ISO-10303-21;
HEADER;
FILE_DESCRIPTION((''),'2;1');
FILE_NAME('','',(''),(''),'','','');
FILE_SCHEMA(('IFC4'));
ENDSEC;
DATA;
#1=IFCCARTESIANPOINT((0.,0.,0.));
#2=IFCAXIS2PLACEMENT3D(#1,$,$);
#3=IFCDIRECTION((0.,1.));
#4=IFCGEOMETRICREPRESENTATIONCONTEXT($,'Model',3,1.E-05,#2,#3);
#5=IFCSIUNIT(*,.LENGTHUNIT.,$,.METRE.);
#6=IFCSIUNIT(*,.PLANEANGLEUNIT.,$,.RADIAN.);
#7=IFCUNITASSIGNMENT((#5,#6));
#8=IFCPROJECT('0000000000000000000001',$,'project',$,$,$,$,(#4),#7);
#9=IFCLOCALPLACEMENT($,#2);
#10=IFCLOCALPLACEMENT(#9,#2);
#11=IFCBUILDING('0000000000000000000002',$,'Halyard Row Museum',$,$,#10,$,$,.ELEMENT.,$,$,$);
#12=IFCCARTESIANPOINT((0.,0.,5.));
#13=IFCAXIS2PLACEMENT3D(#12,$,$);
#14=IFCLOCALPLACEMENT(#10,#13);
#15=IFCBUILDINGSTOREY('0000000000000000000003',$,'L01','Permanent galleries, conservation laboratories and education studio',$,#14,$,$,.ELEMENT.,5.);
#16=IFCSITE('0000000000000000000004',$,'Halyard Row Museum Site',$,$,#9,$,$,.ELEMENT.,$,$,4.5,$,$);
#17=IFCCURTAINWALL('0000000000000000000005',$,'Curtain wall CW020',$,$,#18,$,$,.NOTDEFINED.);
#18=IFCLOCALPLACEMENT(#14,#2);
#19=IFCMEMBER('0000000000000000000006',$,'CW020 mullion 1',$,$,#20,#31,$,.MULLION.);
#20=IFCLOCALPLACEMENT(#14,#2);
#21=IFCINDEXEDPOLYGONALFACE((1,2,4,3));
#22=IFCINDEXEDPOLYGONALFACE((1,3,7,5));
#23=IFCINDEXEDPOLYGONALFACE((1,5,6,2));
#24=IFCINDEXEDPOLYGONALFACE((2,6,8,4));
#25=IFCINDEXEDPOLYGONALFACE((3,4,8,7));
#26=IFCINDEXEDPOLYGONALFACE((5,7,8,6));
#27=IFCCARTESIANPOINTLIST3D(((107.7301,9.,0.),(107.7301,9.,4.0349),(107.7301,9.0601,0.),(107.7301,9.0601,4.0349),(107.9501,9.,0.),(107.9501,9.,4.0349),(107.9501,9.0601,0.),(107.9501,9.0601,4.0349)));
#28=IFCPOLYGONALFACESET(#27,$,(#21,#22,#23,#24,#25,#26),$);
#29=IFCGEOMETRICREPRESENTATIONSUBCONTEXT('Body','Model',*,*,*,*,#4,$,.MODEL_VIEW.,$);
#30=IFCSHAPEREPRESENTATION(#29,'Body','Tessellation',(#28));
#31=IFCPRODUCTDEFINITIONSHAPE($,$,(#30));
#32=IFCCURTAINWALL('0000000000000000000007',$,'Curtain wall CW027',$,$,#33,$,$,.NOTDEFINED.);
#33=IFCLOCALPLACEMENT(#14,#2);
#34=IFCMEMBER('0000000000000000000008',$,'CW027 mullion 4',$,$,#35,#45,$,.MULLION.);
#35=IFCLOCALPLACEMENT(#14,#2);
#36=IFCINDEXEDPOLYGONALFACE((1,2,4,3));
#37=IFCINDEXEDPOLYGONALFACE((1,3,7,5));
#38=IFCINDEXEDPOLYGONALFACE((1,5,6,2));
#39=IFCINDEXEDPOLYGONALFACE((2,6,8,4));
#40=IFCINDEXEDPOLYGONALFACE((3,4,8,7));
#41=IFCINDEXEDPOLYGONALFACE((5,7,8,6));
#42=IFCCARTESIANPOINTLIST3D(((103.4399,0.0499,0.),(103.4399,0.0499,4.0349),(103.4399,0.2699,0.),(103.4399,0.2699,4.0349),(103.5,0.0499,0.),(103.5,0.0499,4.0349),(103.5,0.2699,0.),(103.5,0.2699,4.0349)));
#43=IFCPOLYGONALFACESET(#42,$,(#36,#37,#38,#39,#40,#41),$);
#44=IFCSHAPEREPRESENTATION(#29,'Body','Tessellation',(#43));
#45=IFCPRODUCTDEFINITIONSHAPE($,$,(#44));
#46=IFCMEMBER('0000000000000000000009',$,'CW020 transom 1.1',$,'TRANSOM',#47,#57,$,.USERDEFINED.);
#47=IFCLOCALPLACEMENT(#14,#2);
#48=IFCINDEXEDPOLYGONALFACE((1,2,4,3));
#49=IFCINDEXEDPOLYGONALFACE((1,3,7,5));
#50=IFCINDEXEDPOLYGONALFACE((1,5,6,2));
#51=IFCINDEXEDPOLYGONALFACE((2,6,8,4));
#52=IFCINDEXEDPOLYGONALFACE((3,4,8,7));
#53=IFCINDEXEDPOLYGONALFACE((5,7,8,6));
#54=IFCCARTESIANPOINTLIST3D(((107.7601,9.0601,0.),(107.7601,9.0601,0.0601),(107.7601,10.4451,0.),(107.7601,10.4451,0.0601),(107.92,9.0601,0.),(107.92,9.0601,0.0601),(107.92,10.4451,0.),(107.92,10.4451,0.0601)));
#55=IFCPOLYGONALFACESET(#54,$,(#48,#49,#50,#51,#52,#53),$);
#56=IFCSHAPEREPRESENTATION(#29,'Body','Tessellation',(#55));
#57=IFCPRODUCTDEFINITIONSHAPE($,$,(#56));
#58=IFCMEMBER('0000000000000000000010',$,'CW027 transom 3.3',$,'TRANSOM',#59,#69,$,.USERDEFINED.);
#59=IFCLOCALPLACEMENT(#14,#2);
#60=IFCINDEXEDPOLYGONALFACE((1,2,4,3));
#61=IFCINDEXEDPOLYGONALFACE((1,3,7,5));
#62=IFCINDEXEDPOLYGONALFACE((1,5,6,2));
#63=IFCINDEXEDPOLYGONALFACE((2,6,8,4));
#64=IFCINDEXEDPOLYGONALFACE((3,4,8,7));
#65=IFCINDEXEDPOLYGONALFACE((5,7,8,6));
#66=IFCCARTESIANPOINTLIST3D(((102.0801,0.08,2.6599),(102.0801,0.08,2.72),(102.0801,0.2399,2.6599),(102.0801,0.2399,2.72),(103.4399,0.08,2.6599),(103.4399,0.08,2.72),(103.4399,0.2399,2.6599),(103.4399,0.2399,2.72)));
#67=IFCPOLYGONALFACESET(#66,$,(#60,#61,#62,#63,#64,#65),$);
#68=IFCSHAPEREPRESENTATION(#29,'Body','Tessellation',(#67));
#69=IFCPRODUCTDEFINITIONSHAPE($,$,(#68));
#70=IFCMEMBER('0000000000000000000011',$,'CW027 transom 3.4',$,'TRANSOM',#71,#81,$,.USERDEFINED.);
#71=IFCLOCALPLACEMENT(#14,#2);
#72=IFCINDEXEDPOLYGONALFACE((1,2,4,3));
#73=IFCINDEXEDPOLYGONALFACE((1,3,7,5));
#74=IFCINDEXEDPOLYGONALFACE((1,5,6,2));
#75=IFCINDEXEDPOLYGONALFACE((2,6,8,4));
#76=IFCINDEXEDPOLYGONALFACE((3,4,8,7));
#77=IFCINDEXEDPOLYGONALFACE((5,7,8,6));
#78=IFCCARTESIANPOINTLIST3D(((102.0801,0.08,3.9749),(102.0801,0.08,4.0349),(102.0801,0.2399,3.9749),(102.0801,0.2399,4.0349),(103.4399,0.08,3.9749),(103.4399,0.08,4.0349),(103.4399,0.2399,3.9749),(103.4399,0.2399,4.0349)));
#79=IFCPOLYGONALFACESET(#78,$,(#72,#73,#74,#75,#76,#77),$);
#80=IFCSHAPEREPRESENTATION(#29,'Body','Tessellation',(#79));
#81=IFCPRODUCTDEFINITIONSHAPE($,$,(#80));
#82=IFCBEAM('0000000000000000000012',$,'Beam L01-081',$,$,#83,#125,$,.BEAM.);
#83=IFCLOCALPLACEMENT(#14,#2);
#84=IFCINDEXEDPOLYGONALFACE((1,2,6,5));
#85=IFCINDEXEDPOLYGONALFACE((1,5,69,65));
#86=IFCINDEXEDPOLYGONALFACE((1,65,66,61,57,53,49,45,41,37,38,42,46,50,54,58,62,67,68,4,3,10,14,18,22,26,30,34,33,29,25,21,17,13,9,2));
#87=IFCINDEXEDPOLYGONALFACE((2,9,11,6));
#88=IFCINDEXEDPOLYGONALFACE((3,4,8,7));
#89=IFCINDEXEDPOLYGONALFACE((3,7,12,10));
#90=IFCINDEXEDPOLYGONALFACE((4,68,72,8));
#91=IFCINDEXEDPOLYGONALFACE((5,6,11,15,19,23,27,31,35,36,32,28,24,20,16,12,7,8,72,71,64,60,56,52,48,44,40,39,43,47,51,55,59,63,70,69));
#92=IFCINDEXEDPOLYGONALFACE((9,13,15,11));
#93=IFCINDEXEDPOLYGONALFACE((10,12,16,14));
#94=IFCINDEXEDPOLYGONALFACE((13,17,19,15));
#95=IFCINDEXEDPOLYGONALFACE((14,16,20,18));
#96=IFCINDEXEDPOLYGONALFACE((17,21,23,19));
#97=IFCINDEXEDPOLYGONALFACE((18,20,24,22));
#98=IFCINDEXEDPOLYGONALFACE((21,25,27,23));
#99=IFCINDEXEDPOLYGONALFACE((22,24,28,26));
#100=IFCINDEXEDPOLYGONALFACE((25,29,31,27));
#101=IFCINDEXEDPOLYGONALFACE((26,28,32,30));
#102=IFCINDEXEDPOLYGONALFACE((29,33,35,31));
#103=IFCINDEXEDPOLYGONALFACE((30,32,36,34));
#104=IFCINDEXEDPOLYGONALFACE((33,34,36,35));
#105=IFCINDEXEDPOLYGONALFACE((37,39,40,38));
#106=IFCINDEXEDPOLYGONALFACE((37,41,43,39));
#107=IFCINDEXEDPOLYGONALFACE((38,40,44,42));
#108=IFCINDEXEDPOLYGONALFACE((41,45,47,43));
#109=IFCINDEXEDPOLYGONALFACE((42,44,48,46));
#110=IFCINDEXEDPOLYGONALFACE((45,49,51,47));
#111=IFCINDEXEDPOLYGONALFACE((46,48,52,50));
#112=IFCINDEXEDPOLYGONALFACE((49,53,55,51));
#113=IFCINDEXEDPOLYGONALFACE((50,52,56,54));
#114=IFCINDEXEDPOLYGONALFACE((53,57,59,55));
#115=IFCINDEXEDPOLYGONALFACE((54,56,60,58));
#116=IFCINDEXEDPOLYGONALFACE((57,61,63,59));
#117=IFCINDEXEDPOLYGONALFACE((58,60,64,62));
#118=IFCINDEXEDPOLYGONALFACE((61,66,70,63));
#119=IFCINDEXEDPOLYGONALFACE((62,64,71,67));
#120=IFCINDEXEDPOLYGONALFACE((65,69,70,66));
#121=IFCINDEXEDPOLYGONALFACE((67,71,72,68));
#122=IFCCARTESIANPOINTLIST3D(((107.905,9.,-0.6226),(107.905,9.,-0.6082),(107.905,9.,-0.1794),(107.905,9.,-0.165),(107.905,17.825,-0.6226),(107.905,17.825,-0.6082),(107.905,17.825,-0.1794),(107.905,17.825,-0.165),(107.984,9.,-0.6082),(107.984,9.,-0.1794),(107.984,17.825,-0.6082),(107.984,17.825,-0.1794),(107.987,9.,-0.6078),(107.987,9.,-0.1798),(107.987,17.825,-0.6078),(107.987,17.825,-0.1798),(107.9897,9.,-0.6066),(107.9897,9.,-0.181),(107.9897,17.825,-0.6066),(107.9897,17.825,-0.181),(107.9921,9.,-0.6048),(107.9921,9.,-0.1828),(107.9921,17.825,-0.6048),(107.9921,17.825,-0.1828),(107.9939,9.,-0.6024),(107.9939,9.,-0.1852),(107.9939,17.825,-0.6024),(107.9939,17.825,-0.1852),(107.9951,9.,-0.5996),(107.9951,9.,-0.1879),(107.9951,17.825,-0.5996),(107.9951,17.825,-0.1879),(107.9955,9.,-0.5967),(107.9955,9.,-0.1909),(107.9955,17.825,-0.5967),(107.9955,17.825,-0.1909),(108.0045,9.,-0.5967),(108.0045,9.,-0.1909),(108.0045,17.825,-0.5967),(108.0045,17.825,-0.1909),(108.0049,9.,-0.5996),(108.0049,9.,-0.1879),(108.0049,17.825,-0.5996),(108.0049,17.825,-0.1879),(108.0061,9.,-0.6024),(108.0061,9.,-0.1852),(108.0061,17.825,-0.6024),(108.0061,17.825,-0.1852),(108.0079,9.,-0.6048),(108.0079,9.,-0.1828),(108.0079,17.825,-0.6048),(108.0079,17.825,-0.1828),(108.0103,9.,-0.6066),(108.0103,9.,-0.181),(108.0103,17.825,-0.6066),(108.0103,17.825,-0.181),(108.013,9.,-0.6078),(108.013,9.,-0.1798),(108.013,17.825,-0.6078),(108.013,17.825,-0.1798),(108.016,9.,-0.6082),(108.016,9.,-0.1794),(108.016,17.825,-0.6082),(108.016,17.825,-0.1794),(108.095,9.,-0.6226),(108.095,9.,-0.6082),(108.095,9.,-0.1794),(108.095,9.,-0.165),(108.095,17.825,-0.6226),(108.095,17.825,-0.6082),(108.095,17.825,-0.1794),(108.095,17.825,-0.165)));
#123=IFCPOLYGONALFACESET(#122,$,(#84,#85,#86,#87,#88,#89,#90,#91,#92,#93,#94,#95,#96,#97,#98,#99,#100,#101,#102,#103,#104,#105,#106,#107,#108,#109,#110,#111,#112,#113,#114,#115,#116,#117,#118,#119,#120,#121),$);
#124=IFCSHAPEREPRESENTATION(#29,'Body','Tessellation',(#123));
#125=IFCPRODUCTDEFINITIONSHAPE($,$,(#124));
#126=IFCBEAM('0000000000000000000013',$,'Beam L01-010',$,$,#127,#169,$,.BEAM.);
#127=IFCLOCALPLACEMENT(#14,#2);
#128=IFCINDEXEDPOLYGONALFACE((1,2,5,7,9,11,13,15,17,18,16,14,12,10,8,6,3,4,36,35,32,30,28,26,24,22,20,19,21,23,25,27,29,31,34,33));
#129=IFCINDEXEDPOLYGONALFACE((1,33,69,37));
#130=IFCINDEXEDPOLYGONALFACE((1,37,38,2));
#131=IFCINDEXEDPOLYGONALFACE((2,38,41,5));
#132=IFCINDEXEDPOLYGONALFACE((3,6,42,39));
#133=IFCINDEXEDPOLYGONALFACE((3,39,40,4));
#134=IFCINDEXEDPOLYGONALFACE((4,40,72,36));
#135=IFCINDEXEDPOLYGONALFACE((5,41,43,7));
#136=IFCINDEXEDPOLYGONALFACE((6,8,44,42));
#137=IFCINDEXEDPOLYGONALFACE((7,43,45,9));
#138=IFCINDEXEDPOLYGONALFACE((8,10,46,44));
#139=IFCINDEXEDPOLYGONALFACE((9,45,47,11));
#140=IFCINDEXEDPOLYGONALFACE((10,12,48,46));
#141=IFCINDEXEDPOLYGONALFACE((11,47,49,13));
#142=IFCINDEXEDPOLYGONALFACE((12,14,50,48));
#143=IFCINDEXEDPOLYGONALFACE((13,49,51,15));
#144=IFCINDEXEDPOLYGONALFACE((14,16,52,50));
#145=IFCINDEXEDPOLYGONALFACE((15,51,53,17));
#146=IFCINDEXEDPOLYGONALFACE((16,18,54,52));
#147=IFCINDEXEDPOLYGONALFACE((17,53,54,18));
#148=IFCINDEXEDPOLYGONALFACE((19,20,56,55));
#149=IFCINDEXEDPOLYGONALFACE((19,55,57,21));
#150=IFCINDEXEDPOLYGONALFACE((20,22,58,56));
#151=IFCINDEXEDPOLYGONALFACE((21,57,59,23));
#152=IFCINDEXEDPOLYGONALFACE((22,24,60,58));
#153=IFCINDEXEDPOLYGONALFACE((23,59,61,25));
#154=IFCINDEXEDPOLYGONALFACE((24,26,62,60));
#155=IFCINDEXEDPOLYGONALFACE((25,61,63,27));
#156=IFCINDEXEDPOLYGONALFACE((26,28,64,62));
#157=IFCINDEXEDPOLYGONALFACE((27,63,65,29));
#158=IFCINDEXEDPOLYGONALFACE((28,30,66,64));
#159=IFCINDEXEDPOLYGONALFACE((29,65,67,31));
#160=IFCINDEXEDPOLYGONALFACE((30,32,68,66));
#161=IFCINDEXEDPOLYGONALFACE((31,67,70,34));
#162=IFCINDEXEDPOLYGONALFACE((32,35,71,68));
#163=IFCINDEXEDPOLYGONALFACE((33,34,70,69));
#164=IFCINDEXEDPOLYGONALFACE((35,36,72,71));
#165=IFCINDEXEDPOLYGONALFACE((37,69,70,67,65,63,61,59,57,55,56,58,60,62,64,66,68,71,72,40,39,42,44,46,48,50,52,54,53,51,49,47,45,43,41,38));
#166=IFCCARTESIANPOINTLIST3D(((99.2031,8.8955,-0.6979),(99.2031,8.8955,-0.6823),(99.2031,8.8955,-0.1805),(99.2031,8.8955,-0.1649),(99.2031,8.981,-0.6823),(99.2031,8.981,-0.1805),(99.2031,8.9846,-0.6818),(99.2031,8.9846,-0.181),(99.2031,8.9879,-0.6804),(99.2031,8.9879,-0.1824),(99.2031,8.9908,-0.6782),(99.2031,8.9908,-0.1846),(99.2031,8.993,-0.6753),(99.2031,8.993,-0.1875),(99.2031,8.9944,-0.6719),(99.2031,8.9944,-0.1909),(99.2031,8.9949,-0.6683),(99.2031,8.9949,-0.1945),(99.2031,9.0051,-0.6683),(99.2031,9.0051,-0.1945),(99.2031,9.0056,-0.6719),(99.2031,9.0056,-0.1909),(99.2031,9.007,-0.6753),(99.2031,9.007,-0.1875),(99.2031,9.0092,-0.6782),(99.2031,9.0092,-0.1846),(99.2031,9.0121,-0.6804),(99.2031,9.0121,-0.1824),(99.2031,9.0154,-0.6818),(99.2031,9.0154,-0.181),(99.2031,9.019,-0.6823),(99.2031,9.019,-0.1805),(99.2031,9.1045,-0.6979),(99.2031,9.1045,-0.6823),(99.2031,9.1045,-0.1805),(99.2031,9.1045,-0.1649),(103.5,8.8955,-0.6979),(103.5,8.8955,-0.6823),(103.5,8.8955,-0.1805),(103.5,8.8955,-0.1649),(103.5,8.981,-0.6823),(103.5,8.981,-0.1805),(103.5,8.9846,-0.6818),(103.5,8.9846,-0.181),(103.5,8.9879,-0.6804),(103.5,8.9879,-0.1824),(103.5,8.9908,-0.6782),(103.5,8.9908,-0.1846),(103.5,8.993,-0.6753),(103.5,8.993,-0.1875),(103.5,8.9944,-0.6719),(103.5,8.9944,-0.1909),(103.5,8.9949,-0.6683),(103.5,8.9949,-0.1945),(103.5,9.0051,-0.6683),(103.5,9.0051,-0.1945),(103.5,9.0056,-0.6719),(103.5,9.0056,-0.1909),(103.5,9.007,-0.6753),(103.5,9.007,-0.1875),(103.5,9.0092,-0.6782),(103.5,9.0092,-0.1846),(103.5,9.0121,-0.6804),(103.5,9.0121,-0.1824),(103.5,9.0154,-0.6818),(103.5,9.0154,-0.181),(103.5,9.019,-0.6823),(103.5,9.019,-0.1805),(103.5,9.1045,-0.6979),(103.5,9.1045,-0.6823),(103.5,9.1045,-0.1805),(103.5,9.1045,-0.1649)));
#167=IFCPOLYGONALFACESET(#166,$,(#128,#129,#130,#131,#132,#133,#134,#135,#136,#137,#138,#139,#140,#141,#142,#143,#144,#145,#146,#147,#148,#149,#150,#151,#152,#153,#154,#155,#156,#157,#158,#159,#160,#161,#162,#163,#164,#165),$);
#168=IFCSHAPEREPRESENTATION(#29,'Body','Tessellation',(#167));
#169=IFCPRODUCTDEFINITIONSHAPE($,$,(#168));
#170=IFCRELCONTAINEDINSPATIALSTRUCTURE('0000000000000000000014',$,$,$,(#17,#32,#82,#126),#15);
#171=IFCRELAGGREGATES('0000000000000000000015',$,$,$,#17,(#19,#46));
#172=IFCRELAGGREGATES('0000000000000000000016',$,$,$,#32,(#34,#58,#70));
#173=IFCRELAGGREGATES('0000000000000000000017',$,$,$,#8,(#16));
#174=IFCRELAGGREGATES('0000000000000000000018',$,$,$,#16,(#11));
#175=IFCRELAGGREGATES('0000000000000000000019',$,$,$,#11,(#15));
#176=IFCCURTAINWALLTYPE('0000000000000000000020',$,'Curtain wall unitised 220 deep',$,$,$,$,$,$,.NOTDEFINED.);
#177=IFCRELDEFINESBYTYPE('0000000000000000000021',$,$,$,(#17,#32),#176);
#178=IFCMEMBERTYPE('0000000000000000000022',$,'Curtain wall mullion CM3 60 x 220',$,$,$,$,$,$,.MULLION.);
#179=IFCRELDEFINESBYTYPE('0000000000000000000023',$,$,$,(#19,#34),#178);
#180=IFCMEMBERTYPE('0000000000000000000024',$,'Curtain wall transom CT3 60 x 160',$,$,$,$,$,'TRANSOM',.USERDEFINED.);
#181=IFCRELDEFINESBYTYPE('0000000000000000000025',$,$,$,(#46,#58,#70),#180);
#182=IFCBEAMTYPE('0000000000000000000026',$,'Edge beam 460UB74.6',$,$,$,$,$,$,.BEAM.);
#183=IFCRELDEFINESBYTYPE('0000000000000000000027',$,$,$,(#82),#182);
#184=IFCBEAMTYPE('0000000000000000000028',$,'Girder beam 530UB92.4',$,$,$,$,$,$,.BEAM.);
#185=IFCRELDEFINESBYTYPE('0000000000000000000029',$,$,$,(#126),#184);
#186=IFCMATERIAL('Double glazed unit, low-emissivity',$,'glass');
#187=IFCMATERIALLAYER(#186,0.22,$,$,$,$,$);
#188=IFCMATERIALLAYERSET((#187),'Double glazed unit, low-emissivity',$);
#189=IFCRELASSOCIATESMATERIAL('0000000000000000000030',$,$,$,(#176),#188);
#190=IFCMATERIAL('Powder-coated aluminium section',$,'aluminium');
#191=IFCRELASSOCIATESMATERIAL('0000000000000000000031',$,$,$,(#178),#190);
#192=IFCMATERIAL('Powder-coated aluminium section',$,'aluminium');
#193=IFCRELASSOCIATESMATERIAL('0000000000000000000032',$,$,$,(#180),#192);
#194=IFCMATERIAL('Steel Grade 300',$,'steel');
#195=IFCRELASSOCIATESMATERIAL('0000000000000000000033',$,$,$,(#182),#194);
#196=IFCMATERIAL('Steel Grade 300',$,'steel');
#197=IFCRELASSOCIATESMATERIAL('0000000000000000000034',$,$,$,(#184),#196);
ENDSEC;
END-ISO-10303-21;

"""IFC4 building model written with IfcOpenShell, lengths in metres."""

from ifc_helpers import new_model, si_unit, direction, frame, origin, origin_2d, place, context, subcontext, project, spatial, rectangle, i_section, extrude, material, layer, layer_set, material_profile, profile_set, type_object, element, aggregate, save


model = new_model("IFC4")

# Units and contexts
model_context = context("Model", 3, precision=1e-05, world=origin(), true_north=direction((0.0, 1.0)))
body_context = subcontext(model_context, "Body", "Model", "MODEL_VIEW")
ifc_project = project(units=[si_unit("LENGTHUNIT", "METRE"), si_unit("PLANEANGLEUNIT", "RADIAN")], contexts=[model_context])

# Site, building, storey
site_placement = place(None, origin())
site = spatial("IfcSite", under=ifc_project, at=site_placement, Name="Halyard Row Museum Site", CompositionType="ELEMENT", RefElevation=4.5)
building_placement = place(site_placement, origin())
building = spatial("IfcBuilding", under=site, at=building_placement, Name="Halyard Row Museum", CompositionType="ELEMENT")
storey_placement = place(building_placement, frame((0.0, 0.0, 5.0)))
storey = spatial("IfcBuildingStorey", under=building, at=storey_placement, Name="L01", Description="Permanent galleries, conservation laboratories and education studio", CompositionType="ELEMENT", Elevation=5.0)

# Curtain walls, members
ifc_material_1 = material(Name="Double glazed unit, low-emissivity", Category="glass")
ifc_layer_1 = layer(ifc_material_1, 0.22)
ifc_layer_set_1 = layer_set([ifc_layer_1], Name="Double glazed unit, low-emissivity")
curtain_wall_type = type_object("IfcCurtainWallType", Name="Curtain wall unitised 220 deep", PredefinedType="NOTDEFINED", material=ifc_layer_set_1)
curtain_wall_1_placement = place(storey_placement, origin())
curtain_wall_1 = element("IfcCurtainWall", 1, at=curtain_wall_1_placement, inside=storey, type_object=curtain_wall_type, Name="Curtain wall CW020", PredefinedType="NOTDEFINED")
ifc_material_2 = material(Name="Powder-coated aluminium section", Category="aluminium")
ifc_material_profile_1 = material_profile(ifc_material_2, rectangle(XDim=0.22, YDim=0.0601, at=origin_2d()), Name="220x60 mullion")
ifc_profile_set_1 = profile_set([ifc_material_profile_1], Name="Powder-coated aluminium section")
member_type_1 = type_object("IfcMemberType", Name="Curtain wall mullion CM3 60 x 220", PredefinedType="MULLION", material=ifc_profile_set_1)
member_1_placement = place(storey_placement, frame((107.8401, 9.03, 0.0), z_axis=(0.0, 0.0, 1.0), x_axis=(-1.0, 0.0, 0.0)))
member_1 = element("IfcMember", 2, at=member_1_placement, type_object=member_type_1, Name="CW020 mullion 1", PredefinedType="MULLION", context=body_context, shape_type="SweptSolid", body=[
    extrude(rectangle(XDim=0.22, YDim=0.0601, at=origin_2d()), origin(), (0.0, 0.0, 1.0), 4.0349),
])
curtain_wall_2_placement = place(storey_placement, origin())
curtain_wall_2 = element("IfcCurtainWall", 3, at=curtain_wall_2_placement, inside=storey, type_object=curtain_wall_type, Name="Curtain wall CW027", PredefinedType="NOTDEFINED")
member_2_placement = place(storey_placement, frame((103.47, 0.1599, 0.0), z_axis=(0.0, 0.0, 1.0), x_axis=(0.0, 1.0, 0.0)))
member_2 = element("IfcMember", 4, at=member_2_placement, type_object=member_type_1, Name="CW027 mullion 4", PredefinedType="MULLION", context=body_context, shape_type="SweptSolid", body=[
    extrude(rectangle(XDim=0.22, YDim=0.0601, at=origin_2d()), origin(), (0.0, 0.0, 1.0), 4.0349),
])

# Members
ifc_material_3 = material(Name="Powder-coated aluminium section", Category="aluminium")
ifc_material_profile_2 = material_profile(ifc_material_3, rectangle(XDim=0.1599, YDim=0.0601, at=origin_2d()), Name="160x60 transom")
ifc_profile_set_2 = profile_set([ifc_material_profile_2], Name="Powder-coated aluminium section")
member_type_2 = type_object("IfcMemberType", Name="Curtain wall transom CT3 60 x 160", ElementType="TRANSOM", PredefinedType="USERDEFINED", material=ifc_profile_set_2)
member_3_placement = place(storey_placement, frame((107.8401, 9.0601, 0.03), z_axis=(0.0, 1.0, 0.0), x_axis=(-1.0, 0.0, 0.0)))
member_3 = element("IfcMember", 5, at=member_3_placement, type_object=member_type_2, Name="CW020 transom 1.1", ObjectType="TRANSOM", PredefinedType="USERDEFINED", context=body_context, shape_type="SweptSolid", body=[
    extrude(rectangle(XDim=0.1599, YDim=0.0601, at=origin_2d()), origin(), (0.0, 0.0, 1.0), 1.385),
])
aggregate(curtain_wall_1, [member_1, member_3])
member_4_placement = place(storey_placement, frame((102.0801, 0.1599, 2.6899), z_axis=(1.0, 0.0, 0.0), x_axis=(0.0, 1.0, 0.0)))
member_4 = element("IfcMember", 6, at=member_4_placement, type_object=member_type_2, Name="CW027 transom 3.3", ObjectType="TRANSOM", PredefinedType="USERDEFINED", context=body_context, shape_type="SweptSolid", body=[
    extrude(rectangle(XDim=0.1599, YDim=0.0601, at=origin_2d()), origin(), (0.0, 0.0, 1.0), 1.3599),
])
member_5_placement = place(storey_placement, frame((102.0801, 0.1599, 4.0049), z_axis=(1.0, 0.0, 0.0), x_axis=(0.0, 1.0, 0.0)))
member_5 = element("IfcMember", 7, at=member_5_placement, type_object=member_type_2, Name="CW027 transom 3.4", ObjectType="TRANSOM", PredefinedType="USERDEFINED", context=body_context, shape_type="SweptSolid", body=[
    extrude(rectangle(XDim=0.1599, YDim=0.0601, at=origin_2d()), origin(), (0.0, 0.0, 1.0), 1.3599),
])

# Beams
ifc_material_4 = material(Name="Steel Grade 300", Category="steel")
ifc_material_profile_3 = material_profile(ifc_material_4, i_section(OverallWidth=0.1899, OverallDepth=0.4575, WebThickness=0.009, FlangeThickness=0.0144, FilletRadius=0.0115, at=origin_2d()), Name="460UB74.6")
ifc_profile_set_3 = profile_set([ifc_material_profile_3], Name="Steel Grade 300")
beam_type_1 = type_object("IfcBeamType", Name="Edge beam 460UB74.6", PredefinedType="BEAM", material=ifc_profile_set_3)
beam_1_placement = place(storey_placement, frame((108.0, 9.0, -0.3938), z_axis=(0.0, 1.0, 0.0), x_axis=(-1.0, 0.0, 0.0)))
element("IfcBeam", 8, at=beam_1_placement, inside=storey, type_object=beam_type_1, Name="Beam L01-081", PredefinedType="BEAM", context=body_context, shape_type="SweptSolid", body=[
    extrude(i_section(OverallWidth=0.1899, OverallDepth=0.4575, WebThickness=0.009, FlangeThickness=0.0144, FilletRadius=0.0115, at=origin_2d()), origin(), (0.0, 0.0, 1.0), 8.825),
])
ifc_material_5 = material(Name="Steel Grade 300", Category="steel")
ifc_material_profile_4 = material_profile(ifc_material_5, i_section(OverallWidth=0.209, OverallDepth=0.533, WebThickness=0.0103, FlangeThickness=0.0156, FilletRadius=0.0139, at=origin_2d()), Name="530UB92.4")
ifc_profile_set_4 = profile_set([ifc_material_profile_4], Name="Steel Grade 300")
beam_type_2 = type_object("IfcBeamType", Name="Girder beam 530UB92.4", PredefinedType="BEAM", material=ifc_profile_set_4)
beam_2_placement = place(storey_placement, frame((99.2031, 9.0, -0.4314), z_axis=(1.0, 0.0, 0.0), x_axis=(0.0, 1.0, 0.0)))
element("IfcBeam", 9, at=beam_2_placement, inside=storey, type_object=beam_type_2, Name="Beam L01-010", PredefinedType="BEAM", context=body_context, shape_type="SweptSolid", body=[
    extrude(i_section(OverallWidth=0.209, OverallDepth=0.533, WebThickness=0.0103, FlangeThickness=0.0156, FilletRadius=0.0139, at=origin_2d()), origin(), (0.0, 0.0, 1.0), 4.2969),
])

aggregate(curtain_wall_2, [member_2, member_4, member_5])

save(model, "model.ifc")
